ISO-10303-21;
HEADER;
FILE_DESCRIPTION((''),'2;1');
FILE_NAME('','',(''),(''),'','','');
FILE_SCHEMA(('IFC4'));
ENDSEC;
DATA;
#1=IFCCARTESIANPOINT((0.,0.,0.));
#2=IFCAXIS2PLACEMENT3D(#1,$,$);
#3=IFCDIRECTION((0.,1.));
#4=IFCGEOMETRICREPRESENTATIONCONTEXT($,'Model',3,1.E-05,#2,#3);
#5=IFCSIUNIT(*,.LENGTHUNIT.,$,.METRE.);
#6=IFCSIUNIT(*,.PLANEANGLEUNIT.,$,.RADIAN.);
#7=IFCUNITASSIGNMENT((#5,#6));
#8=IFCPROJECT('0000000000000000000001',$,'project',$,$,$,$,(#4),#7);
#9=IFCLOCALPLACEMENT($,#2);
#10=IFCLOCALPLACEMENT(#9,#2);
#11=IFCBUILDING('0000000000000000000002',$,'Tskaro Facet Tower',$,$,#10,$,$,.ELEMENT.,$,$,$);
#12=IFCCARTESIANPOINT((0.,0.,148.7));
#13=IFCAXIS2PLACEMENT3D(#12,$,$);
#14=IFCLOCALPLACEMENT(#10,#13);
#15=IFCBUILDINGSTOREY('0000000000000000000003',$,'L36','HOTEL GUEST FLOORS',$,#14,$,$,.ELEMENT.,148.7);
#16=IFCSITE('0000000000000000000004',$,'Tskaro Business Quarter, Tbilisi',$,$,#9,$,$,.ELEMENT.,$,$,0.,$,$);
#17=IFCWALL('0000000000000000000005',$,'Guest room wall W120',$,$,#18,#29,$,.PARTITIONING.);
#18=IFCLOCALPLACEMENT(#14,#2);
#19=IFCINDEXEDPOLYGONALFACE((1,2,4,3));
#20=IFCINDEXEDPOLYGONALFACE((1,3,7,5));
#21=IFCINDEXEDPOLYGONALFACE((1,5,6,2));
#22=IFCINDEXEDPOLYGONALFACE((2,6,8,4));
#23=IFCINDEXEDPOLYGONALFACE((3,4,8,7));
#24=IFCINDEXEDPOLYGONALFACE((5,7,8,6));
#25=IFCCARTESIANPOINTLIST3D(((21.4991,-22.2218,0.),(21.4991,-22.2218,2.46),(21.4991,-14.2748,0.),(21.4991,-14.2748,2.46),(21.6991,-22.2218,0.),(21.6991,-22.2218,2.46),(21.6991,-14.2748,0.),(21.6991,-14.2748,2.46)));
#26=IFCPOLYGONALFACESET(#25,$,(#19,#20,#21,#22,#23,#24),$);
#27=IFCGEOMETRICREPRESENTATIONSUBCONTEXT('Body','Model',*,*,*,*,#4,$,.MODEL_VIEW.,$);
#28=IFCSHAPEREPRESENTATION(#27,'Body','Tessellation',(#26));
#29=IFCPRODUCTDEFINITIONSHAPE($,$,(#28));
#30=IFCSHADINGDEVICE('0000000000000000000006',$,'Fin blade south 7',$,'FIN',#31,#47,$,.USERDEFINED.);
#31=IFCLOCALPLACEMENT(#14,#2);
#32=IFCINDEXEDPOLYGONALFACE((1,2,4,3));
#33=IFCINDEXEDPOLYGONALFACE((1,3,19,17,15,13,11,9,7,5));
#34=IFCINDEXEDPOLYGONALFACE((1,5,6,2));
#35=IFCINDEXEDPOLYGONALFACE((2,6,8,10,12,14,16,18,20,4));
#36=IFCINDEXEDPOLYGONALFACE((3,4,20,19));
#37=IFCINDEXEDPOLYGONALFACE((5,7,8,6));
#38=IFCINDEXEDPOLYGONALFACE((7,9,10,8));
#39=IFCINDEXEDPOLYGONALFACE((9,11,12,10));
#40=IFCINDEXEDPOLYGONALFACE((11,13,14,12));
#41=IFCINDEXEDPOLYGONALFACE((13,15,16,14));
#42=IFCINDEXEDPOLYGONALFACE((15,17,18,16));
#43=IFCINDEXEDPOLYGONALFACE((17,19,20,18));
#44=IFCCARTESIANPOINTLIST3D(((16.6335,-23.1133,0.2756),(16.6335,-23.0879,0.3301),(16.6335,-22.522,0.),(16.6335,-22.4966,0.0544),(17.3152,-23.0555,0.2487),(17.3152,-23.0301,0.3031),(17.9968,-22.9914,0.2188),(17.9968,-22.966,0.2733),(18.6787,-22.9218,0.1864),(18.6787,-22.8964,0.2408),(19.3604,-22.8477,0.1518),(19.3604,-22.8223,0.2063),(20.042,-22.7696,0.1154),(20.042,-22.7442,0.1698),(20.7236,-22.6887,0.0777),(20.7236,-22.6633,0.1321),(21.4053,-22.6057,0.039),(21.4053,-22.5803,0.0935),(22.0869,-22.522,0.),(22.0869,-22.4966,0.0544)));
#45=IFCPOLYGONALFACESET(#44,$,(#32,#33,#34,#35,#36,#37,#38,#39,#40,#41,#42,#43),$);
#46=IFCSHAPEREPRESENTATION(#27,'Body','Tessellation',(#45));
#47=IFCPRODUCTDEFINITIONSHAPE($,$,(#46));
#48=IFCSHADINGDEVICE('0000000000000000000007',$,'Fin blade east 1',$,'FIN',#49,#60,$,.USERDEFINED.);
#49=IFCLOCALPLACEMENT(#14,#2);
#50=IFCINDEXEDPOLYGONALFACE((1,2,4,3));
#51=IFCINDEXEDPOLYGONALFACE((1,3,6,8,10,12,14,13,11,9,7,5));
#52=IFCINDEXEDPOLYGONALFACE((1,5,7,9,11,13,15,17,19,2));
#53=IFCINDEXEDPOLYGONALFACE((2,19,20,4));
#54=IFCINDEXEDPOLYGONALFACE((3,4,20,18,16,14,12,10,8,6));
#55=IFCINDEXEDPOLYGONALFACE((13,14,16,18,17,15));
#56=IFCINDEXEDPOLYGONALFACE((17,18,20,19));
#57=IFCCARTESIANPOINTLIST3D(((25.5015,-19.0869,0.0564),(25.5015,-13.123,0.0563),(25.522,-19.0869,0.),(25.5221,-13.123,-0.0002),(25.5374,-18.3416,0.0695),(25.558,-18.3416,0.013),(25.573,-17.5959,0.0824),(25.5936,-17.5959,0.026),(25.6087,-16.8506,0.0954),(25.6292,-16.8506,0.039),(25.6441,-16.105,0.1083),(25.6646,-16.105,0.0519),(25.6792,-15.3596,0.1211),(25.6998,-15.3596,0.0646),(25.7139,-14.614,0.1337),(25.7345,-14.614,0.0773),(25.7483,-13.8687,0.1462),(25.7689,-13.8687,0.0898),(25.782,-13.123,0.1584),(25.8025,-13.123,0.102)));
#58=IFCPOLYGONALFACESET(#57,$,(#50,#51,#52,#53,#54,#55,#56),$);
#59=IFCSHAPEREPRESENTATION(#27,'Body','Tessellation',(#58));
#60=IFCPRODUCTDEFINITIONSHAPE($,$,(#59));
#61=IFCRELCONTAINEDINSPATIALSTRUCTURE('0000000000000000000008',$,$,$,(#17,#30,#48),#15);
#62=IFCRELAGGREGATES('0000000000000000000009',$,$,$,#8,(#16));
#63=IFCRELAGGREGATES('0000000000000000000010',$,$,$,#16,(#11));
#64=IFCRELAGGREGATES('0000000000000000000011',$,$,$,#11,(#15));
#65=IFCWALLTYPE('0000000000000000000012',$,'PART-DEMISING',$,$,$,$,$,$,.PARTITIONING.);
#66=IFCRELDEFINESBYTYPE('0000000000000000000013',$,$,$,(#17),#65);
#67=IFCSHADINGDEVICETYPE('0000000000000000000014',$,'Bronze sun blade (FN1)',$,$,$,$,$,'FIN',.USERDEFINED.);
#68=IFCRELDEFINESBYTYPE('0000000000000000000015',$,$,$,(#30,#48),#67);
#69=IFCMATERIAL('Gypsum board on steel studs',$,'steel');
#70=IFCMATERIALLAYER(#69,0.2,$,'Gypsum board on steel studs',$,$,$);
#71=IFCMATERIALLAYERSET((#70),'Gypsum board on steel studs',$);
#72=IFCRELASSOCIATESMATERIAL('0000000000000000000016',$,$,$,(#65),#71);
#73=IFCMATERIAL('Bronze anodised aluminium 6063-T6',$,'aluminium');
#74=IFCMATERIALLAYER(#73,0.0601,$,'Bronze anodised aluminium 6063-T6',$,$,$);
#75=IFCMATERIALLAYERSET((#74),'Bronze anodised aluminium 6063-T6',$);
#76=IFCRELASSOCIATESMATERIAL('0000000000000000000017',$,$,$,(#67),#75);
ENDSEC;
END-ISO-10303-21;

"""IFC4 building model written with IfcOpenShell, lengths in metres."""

from ifc_helpers import new_model, si_unit, direction, frame, frame_2d, origin, place, context, subcontext, project, spatial, polyline, rectangle, outline, extrude, material, layer, layer_set, type_object, element, save


model = new_model("IFC4")

# Units and contexts
model_context = context("Model", 3, precision=1e-05, world=origin(), true_north=direction((0.0, 1.0)))
body_context = subcontext(model_context, "Body", "Model", "MODEL_VIEW")
ifc_project = project(units=[si_unit("LENGTHUNIT", "METRE"), si_unit("PLANEANGLEUNIT", "RADIAN")], contexts=[model_context])

# Site, building, storey
site_placement = place(None, origin())
site = spatial("IfcSite", under=ifc_project, at=site_placement, Name="Tskaro Business Quarter, Tbilisi", CompositionType="ELEMENT", RefElevation=0.0)
building_placement = place(site_placement, origin())
building = spatial("IfcBuilding", under=site, at=building_placement, Name="Tskaro Facet Tower", CompositionType="ELEMENT")
storey_placement = place(building_placement, frame((0.0, 0.0, 148.7)))
storey = spatial("IfcBuildingStorey", under=building, at=storey_placement, Name="L36", Description="HOTEL GUEST FLOORS", CompositionType="ELEMENT", Elevation=148.7)

# Shared definitions
ifc_material_1 = material(Name="Bronze anodised aluminium 6063-T6", Category="aluminium")

# Shared definitions
ifc_material_2 = material(Name="Gypsum board on steel studs", Category="steel")

# Wall
ifc_layer_1 = layer(ifc_material_2, 0.2, Name="Gypsum board on steel studs")
ifc_layer_set_1 = layer_set([ifc_layer_1], Name="Gypsum board on steel studs")
wall_type_1 = type_object("IfcWallType", Name="PART-DEMISING", PredefinedType="PARTITIONING", material=ifc_layer_set_1)
wall_1_placement = place(storey_placement, frame((21.5991, -22.2219, 0.0), z_axis=(0.0, 0.0, 1.0), x_axis=(0.0, 1.0, 0.0)))
element("IfcWall", 1, at=wall_1_placement, inside=storey, type_object=wall_type_1, Name="Guest room wall W120", PredefinedType="PARTITIONING", context=body_context, shape_type="SweptSolid", body=[
    extrude(rectangle(XDim=7.947, YDim=0.2, at=frame_2d((3.9736, 0.0))), origin(), (0.0, 0.0, 1.0), 2.46),
])

# Shading devices
ifc_layer_2 = layer(ifc_material_1, 0.0601, Name="Bronze anodised aluminium 6063-T6")
ifc_layer_set_2 = layer_set([ifc_layer_2], Name="Bronze anodised aluminium 6063-T6")
shading_device_type = type_object("IfcShadingDeviceType", Name="Bronze sun blade (FN1)", ElementType="FIN", PredefinedType="USERDEFINED", material=ifc_layer_set_2)
shading_device_1_placement = place(storey_placement, frame((16.6335, -22.4966, 0.0544), z_axis=(0.000002, 0.42248, 0.906372), x_axis=(1.0, -0.000001, -0.000002)))
element("IfcShadingDevice", 2, at=shading_device_1_placement, inside=storey, type_object=shading_device_type, Name="Fin blade south 7", ObjectType="FIN", PredefinedType="USERDEFINED", context=body_context, shape_type="SweptSolid", body=[
    extrude(outline(polyline([(0.0, 0.0), (5.4534, 0.0), (4.7717, -0.0924), (4.0901, -0.1839), (3.4084, -0.2732), (2.7268, -0.3593), (2.0452, -0.4412), (1.3633, -0.5179), (0.6816, -0.5886), (0.0, -0.6524), (0.0, 0.0)])), origin(), (0.0, 0.0, -1.0), 0.0601),
])
shading_device_2_placement = place(storey_placement, frame((25.5015, -19.0869, 0.0564), z_axis=(-0.342344, 0.000025, 0.939575), x_axis=(0.000009, 1.0, -0.000024)))
element("IfcShadingDevice", 3, at=shading_device_2_placement, inside=storey, type_object=shading_device_type, Name="Fin blade east 1", ObjectType="FIN", PredefinedType="USERDEFINED", context=body_context, shape_type="SweptSolid", body=[
    extrude(outline(polyline([(0.0, 0.0), (5.9639, 0.0), (5.9639, -0.2985), (5.2183, -0.2627), (4.4729, -0.2261), (3.7273, -0.1891), (2.9819, -0.1518), (2.2363, -0.1141), (1.491, -0.0762), (0.7454, -0.0382), (0.0, 0.0)])), origin(), (0.0, 0.0, -1.0), 0.0601),
])

save(model, "model.ifc")
